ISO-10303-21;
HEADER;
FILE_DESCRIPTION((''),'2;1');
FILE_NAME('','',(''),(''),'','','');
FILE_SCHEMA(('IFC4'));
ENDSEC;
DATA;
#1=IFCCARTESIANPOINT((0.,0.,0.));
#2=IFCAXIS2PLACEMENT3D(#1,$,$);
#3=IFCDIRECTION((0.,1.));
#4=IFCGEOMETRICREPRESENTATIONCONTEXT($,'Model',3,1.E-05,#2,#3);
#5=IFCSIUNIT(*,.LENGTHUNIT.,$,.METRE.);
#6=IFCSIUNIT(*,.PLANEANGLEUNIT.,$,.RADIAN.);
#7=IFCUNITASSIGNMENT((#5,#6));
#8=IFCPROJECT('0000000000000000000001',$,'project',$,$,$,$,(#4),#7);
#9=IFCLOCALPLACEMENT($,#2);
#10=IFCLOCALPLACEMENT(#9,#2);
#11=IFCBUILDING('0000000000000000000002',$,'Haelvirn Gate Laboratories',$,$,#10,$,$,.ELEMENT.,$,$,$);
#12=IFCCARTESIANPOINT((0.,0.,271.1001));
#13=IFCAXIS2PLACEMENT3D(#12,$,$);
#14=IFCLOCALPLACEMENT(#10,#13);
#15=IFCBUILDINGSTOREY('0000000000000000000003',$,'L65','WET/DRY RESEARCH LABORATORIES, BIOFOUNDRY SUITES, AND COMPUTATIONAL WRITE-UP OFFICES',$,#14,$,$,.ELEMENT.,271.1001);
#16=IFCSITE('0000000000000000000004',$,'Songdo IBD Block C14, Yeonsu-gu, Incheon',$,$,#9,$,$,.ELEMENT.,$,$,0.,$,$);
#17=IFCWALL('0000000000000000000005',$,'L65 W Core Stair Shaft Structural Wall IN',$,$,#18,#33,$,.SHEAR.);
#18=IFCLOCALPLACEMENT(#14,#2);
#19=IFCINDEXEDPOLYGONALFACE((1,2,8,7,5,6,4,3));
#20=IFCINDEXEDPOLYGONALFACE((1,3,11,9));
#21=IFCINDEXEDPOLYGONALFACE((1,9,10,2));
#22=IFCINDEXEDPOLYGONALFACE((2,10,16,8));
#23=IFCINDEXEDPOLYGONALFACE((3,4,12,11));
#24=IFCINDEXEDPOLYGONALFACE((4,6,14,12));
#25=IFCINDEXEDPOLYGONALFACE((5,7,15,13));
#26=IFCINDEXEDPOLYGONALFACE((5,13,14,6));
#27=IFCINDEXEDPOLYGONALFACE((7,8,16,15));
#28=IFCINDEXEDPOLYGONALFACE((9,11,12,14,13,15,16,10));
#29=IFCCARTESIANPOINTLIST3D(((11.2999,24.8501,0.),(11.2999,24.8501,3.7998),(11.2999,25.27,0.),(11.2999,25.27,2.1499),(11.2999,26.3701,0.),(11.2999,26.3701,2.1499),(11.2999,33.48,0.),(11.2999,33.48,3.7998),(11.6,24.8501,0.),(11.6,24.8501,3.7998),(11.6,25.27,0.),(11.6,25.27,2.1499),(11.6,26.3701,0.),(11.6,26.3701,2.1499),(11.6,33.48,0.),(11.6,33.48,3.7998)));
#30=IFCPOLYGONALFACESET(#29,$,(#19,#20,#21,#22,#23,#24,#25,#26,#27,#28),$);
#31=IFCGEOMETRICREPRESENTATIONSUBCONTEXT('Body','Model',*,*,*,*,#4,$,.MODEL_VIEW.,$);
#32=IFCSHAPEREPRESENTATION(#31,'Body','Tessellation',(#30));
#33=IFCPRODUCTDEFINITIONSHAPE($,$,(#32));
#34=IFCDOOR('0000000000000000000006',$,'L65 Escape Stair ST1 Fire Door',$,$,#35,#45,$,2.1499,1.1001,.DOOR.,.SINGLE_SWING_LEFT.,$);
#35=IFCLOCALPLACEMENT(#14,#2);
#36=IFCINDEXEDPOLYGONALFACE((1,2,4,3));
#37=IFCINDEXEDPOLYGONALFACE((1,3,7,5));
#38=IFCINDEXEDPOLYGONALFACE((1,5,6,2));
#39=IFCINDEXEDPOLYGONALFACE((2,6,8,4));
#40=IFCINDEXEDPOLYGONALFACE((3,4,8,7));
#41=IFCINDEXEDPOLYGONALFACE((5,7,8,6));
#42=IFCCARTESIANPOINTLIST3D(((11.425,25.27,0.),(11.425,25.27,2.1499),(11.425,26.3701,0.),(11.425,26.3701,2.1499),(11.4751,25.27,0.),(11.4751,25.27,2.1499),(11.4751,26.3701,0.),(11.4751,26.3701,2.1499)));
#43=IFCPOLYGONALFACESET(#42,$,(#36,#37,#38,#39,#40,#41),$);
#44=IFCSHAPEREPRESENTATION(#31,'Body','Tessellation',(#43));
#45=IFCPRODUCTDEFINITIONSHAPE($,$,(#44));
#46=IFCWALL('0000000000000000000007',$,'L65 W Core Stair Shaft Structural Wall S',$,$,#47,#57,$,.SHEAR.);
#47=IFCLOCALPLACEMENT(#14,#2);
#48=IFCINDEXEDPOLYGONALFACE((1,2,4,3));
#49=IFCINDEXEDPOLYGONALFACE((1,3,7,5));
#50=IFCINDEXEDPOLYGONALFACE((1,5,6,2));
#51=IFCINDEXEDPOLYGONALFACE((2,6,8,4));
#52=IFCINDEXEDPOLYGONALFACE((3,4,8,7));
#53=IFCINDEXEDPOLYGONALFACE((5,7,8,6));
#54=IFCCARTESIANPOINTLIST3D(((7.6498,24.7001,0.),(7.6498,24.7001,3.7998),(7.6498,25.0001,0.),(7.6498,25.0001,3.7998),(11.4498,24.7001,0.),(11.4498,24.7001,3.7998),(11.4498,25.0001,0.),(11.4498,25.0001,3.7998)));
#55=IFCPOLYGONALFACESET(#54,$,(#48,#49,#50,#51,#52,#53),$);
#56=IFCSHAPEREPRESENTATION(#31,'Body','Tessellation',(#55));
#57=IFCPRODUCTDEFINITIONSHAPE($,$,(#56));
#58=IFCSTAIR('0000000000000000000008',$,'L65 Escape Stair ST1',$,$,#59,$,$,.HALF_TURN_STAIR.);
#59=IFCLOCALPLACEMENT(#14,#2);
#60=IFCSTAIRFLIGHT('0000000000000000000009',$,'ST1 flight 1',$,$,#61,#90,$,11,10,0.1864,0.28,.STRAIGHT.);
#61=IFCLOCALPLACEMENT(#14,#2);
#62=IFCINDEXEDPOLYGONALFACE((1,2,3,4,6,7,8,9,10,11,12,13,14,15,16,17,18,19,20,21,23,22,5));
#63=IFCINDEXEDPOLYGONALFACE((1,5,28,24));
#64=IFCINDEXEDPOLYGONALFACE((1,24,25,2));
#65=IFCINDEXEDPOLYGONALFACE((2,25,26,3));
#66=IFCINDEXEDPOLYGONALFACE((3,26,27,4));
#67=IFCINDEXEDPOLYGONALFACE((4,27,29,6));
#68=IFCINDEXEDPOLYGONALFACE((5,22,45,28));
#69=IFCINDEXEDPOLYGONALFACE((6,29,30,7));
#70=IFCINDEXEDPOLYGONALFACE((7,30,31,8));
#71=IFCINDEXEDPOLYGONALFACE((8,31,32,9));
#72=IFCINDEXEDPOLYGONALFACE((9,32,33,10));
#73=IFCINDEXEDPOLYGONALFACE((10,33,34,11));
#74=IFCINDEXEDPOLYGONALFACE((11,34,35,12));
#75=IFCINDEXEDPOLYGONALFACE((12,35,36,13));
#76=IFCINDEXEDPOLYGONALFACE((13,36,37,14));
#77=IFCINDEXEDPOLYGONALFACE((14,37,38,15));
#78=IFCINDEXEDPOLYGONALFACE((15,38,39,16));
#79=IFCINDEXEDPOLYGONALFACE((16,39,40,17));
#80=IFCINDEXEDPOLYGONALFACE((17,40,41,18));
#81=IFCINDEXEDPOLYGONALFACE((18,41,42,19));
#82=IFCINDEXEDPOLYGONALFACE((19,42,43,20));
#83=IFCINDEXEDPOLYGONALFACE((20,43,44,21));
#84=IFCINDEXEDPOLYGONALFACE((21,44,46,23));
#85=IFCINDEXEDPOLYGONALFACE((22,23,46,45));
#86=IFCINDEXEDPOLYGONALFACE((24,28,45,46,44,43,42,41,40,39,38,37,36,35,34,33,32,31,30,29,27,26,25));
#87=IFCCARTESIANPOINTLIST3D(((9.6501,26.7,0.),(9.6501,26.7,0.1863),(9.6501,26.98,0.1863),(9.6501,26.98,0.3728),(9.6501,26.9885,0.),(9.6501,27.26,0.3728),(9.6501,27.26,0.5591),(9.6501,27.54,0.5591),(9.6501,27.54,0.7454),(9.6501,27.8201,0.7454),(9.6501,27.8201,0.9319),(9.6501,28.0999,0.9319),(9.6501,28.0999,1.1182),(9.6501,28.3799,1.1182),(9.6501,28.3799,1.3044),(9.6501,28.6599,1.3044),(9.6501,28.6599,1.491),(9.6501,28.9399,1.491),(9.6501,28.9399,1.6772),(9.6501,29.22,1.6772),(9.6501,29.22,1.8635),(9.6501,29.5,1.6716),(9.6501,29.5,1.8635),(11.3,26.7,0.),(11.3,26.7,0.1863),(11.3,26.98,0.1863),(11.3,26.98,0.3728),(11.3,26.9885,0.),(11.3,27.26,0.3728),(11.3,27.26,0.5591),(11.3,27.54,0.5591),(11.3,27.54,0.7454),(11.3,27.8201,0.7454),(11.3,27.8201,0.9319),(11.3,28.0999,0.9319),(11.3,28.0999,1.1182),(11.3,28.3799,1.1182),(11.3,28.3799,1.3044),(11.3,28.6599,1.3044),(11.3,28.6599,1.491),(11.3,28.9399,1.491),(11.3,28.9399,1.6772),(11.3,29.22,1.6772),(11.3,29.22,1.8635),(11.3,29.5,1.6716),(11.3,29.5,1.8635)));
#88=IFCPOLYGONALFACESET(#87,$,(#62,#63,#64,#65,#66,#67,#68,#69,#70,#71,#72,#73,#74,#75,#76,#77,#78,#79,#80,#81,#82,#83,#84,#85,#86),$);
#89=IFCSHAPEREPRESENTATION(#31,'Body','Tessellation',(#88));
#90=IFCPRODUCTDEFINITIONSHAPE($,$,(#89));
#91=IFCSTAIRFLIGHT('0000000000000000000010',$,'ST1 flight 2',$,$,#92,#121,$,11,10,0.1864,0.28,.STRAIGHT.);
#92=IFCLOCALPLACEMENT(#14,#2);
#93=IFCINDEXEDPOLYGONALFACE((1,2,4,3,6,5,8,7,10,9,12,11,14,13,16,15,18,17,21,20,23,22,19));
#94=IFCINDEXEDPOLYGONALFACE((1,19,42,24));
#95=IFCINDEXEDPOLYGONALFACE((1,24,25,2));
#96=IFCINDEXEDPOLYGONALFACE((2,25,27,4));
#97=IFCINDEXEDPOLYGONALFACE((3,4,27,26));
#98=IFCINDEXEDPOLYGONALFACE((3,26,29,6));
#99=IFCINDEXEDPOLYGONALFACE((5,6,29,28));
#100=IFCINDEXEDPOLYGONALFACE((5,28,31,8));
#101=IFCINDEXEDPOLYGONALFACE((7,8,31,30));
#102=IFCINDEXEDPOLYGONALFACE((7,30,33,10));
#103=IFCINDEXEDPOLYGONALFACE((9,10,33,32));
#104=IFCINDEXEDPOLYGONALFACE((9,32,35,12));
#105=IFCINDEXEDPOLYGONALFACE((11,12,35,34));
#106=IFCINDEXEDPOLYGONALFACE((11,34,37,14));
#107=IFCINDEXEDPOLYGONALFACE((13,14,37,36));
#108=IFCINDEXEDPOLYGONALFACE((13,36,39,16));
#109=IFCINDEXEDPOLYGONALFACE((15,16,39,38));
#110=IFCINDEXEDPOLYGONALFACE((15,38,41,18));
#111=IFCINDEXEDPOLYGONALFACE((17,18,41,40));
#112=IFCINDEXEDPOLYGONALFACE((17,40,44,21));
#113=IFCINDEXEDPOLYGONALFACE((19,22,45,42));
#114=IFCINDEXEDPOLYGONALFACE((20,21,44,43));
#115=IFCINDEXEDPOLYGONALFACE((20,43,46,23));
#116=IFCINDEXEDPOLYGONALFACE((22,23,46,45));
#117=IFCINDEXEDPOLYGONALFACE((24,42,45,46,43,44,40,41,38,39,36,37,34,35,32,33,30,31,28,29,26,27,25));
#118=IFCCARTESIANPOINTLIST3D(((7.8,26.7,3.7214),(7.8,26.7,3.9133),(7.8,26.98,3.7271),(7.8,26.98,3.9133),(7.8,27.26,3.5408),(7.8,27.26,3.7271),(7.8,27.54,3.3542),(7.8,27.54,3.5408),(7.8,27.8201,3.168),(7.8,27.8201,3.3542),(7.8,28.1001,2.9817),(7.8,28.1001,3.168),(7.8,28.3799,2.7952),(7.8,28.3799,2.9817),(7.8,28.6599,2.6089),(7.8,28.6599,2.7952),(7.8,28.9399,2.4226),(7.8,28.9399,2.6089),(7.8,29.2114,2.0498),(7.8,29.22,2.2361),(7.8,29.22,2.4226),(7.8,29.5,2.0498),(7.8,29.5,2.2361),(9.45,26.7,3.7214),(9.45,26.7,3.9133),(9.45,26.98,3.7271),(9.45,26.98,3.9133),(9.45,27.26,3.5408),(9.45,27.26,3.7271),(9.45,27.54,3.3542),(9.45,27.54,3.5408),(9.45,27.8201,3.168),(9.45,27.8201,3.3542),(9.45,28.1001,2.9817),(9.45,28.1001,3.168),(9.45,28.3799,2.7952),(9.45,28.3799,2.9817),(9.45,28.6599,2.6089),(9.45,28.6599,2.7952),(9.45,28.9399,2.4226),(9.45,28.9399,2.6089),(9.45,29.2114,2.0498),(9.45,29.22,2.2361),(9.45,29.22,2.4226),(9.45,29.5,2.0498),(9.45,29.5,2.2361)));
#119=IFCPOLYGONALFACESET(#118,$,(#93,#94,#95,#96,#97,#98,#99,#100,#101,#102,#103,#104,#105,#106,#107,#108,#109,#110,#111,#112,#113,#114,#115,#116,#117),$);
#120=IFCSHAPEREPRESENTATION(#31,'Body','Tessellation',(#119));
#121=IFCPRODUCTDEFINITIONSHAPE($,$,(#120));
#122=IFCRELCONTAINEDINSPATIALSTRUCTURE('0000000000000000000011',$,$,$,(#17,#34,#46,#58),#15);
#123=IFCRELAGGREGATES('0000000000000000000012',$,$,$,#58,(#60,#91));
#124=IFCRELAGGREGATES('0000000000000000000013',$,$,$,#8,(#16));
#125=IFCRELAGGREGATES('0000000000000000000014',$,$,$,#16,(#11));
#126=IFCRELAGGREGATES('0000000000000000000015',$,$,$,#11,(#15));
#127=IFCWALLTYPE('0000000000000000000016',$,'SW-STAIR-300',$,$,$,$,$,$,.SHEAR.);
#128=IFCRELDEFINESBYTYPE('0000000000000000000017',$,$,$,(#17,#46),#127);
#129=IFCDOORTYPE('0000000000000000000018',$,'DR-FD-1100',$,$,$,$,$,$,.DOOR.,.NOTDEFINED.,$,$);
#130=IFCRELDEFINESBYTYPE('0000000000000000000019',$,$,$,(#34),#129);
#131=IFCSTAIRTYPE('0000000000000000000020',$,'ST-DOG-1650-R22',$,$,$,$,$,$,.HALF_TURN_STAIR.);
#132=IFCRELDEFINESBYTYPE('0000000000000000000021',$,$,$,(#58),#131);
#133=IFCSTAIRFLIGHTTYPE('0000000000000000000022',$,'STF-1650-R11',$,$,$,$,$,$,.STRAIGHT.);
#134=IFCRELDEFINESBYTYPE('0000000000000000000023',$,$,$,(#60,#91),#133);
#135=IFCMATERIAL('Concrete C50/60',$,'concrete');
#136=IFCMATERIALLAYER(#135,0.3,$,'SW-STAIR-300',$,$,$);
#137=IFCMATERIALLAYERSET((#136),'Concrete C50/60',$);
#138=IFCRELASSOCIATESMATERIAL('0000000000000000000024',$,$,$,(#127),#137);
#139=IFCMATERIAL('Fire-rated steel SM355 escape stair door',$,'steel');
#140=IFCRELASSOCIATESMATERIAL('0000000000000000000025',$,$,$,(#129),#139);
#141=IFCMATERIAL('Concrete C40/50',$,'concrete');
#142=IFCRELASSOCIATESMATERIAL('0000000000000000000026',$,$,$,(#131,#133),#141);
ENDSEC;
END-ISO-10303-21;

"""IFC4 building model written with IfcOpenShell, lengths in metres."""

from ifc_helpers import new_model, si_unit, direction, frame, frame_2d, origin, place, context, subcontext, project, spatial, polyline, rectangle, outline, extrude, source, transform, mapped, material, layer, layer_set, type_object, type_shapes, element, fill, aggregate, save


model = new_model("IFC4")

# Units and contexts
model_context = context("Model", 3, precision=1e-05, world=origin(), true_north=direction((0.0, 1.0)))
body_context = subcontext(model_context, "Body", "Model", "MODEL_VIEW")
ifc_project = project(units=[si_unit("LENGTHUNIT", "METRE"), si_unit("PLANEANGLEUNIT", "RADIAN")], contexts=[model_context])

# Site, building, storey
site_placement = place(None, origin())
site = spatial("IfcSite", under=ifc_project, at=site_placement, Name="Songdo IBD Block C14, Yeonsu-gu, Incheon", CompositionType="ELEMENT", RefElevation=0.0)
building_placement = place(site_placement, origin())
building = spatial("IfcBuilding", under=site, at=building_placement, Name="Haelvirn Gate Laboratories", CompositionType="ELEMENT")
storey_placement = place(building_placement, frame((0.0, 0.0, 271.1001)))
storey = spatial("IfcBuildingStorey", under=building, at=storey_placement, Name="L65", Description="WET/DRY RESEARCH LABORATORIES, BIOFOUNDRY SUITES, AND COMPUTATIONAL WRITE-UP OFFICES", CompositionType="ELEMENT", Elevation=271.1001)

# Shared definitions
ifc_material_1 = material(Name="Concrete C40/50", Category="concrete")

# Shared definitions
ifc_material_2 = material(Name="Concrete C50/60", Category="concrete")

# Wall, opening, door
ifc_layer_1 = layer(ifc_material_2, 0.3, Name="SW-STAIR-300")
ifc_layer_set_1 = layer_set([ifc_layer_1], Name="Concrete C50/60")
wall_type_1 = type_object("IfcWallType", Name="SW-STAIR-300", PredefinedType="SHEAR", material=ifc_layer_set_1)
wall_1_placement = place(storey_placement, frame((11.45, 24.8501, 0.0), z_axis=(0.0, 0.0, 1.0), x_axis=(0.0, 1.0, 0.0)))
wall_1 = element("IfcWall", 1, at=wall_1_placement, inside=storey, type_object=wall_type_1, Name="L65 W Core Stair Shaft Structural Wall IN", PredefinedType="SHEAR", context=body_context, shape_type="SweptSolid", body=[
    extrude(rectangle(XDim=8.6299, YDim=0.3, at=frame_2d((4.3149, 0.0))), origin(), (0.0, 0.0, 1.0), 3.7998),
])
opening_1_placement = place(wall_1_placement, frame((0.4199, 0.0, 0.0)))
opening_1 = element("IfcOpeningElement", 2, at=opening_1_placement, cuts=wall_1, PredefinedType="OPENING", context=body_context, shape_type="SweptSolid", body=[
    extrude(rectangle(XDim=1.1001, YDim=2.1499, at=frame_2d((0.55, 1.075))), frame((0.0, 0.1602, 0.0), z_axis=(0.0, -1.0, 0.0), x_axis=(1.0, 0.0, 0.0)), (0.0, 0.0, 1.0), 0.3201),
])
ifc_material_3 = material(Name="Fire-rated steel SM355 escape stair door", Category="steel")
door_type_1 = type_object("IfcDoorType", Name="DR-FD-1100", OperationType="NOTDEFINED", PredefinedType="DOOR", material=ifc_material_3)
shared_shape_1 = source(origin(), body_context, "Body", "SweptSolid", [
    extrude(rectangle(XDim=1.1001, YDim=2.1499, at=frame_2d((0.55, 1.075))), frame((0.0, 0.0249, 0.0), z_axis=(0.0, -1.0, 0.0), x_axis=(1.0, 0.0, 0.0)), (0.0, 0.0, 1.0), 0.05),
])
type_shapes(door_type_1, [shared_shape_1])
door_1_placement = place(opening_1_placement, origin())
door_1 = element("IfcDoor", 3, at=door_1_placement, inside=storey, type_object=door_type_1, Name="L65 Escape Stair ST1 Fire Door", OperationType="SINGLE_SWING_LEFT", OverallHeight=2.1499, OverallWidth=1.1001, PredefinedType="DOOR", context=body_context, shape_type="MappedRepresentation", body=[
    mapped(shared_shape_1, transform((0.0, 0.0, 0.0), scale=1.0)),
])
fill(opening_1, door_1)

# Wall
wall_2_placement = place(storey_placement, frame((7.6499, 24.8501, 0.0), z_axis=(0.0, 0.0, 1.0), x_axis=(1.0, 0.0, 0.0)))
element("IfcWall", 4, at=wall_2_placement, inside=storey, type_object=wall_type_1, Name="L65 W Core Stair Shaft Structural Wall S", PredefinedType="SHEAR", context=body_context, shape_type="SweptSolid", body=[
    extrude(rectangle(XDim=3.8, YDim=0.3, at=frame_2d((1.8999, 0.0))), origin(), (0.0, 0.0, 1.0), 3.7998),
])

# Stair, stair flights
stair_type = type_object("IfcStairType", Name="ST-DOG-1650-R22", PredefinedType="HALF_TURN_STAIR", material=ifc_material_1)
stair_placement = place(storey_placement, origin())
stair = element("IfcStair", 5, at=stair_placement, inside=storey, type_object=stair_type, Name="L65 Escape Stair ST1", PredefinedType="HALF_TURN_STAIR")
stair_flight_type = type_object("IfcStairFlightType", Name="STF-1650-R11", PredefinedType="STRAIGHT", material=ifc_material_1)
shared_shape_2 = source(origin(), body_context, "Body", "SweptSolid", [
    extrude(outline(polyline([(0.0, 0.0), (0.0, 0.1863), (0.28, 0.1863), (0.28, 0.3728), (0.5601, 0.3728), (0.5601, 0.5591), (0.8401, 0.5591), (0.8401, 0.7454), (1.1201, 0.7454), (1.1201, 0.9319), (1.3999, 0.9319), (1.3999, 1.1182), (1.6799, 1.1182), (1.6799, 1.3044), (1.96, 1.3044), (1.96, 1.491), (2.24, 1.491), (2.24, 1.6772), (2.52, 1.6772), (2.52, 1.8635), (2.8, 1.8635), (2.8, 2.05), (2.8, 1.6716), (0.2886, 0.0), (0.0, 0.0)])), frame((0.0, 0.825, 0.0), z_axis=(0.0, -1.0, 0.0), x_axis=(1.0, 0.0, 0.0)), (0.0, 0.0, 1.0), 1.6499),
])
type_shapes(stair_flight_type, [shared_shape_2])
stair_flight_1_placement = place(storey_placement, frame((10.4751, 26.7, 0.0), z_axis=(0.0, 0.0, 1.0), x_axis=(0.0, 1.0, 0.0)))
stair_flight_1 = element("IfcStairFlight", 6, at=stair_flight_1_placement, type_object=stair_flight_type, Name="ST1 flight 1", NumberOfRisers=11, NumberOfTreads=10, PredefinedType="STRAIGHT", RiserHeight=0.1864, TreadLength=0.28, context=body_context, shape_type="MappedRepresentation", body=[
    mapped(shared_shape_2, transform((0.0, 0.0, 0.0), scale=1.0)),
])
stair_flight_2_placement = place(storey_placement, frame((8.625, 29.5, 2.0498), z_axis=(0.0, 0.0, 1.0), x_axis=(0.0, -1.0, 0.0)))
stair_flight_2 = element("IfcStairFlight", 7, at=stair_flight_2_placement, type_object=stair_flight_type, Name="ST1 flight 2", NumberOfRisers=11, NumberOfTreads=10, PredefinedType="STRAIGHT", RiserHeight=0.1864, TreadLength=0.28, context=body_context, shape_type="MappedRepresentation", body=[
    mapped(shared_shape_2, transform((0.0, 0.0, 0.0), scale=1.0)),
])
aggregate(stair, [stair_flight_1, stair_flight_2])

save(model, "model.ifc")
